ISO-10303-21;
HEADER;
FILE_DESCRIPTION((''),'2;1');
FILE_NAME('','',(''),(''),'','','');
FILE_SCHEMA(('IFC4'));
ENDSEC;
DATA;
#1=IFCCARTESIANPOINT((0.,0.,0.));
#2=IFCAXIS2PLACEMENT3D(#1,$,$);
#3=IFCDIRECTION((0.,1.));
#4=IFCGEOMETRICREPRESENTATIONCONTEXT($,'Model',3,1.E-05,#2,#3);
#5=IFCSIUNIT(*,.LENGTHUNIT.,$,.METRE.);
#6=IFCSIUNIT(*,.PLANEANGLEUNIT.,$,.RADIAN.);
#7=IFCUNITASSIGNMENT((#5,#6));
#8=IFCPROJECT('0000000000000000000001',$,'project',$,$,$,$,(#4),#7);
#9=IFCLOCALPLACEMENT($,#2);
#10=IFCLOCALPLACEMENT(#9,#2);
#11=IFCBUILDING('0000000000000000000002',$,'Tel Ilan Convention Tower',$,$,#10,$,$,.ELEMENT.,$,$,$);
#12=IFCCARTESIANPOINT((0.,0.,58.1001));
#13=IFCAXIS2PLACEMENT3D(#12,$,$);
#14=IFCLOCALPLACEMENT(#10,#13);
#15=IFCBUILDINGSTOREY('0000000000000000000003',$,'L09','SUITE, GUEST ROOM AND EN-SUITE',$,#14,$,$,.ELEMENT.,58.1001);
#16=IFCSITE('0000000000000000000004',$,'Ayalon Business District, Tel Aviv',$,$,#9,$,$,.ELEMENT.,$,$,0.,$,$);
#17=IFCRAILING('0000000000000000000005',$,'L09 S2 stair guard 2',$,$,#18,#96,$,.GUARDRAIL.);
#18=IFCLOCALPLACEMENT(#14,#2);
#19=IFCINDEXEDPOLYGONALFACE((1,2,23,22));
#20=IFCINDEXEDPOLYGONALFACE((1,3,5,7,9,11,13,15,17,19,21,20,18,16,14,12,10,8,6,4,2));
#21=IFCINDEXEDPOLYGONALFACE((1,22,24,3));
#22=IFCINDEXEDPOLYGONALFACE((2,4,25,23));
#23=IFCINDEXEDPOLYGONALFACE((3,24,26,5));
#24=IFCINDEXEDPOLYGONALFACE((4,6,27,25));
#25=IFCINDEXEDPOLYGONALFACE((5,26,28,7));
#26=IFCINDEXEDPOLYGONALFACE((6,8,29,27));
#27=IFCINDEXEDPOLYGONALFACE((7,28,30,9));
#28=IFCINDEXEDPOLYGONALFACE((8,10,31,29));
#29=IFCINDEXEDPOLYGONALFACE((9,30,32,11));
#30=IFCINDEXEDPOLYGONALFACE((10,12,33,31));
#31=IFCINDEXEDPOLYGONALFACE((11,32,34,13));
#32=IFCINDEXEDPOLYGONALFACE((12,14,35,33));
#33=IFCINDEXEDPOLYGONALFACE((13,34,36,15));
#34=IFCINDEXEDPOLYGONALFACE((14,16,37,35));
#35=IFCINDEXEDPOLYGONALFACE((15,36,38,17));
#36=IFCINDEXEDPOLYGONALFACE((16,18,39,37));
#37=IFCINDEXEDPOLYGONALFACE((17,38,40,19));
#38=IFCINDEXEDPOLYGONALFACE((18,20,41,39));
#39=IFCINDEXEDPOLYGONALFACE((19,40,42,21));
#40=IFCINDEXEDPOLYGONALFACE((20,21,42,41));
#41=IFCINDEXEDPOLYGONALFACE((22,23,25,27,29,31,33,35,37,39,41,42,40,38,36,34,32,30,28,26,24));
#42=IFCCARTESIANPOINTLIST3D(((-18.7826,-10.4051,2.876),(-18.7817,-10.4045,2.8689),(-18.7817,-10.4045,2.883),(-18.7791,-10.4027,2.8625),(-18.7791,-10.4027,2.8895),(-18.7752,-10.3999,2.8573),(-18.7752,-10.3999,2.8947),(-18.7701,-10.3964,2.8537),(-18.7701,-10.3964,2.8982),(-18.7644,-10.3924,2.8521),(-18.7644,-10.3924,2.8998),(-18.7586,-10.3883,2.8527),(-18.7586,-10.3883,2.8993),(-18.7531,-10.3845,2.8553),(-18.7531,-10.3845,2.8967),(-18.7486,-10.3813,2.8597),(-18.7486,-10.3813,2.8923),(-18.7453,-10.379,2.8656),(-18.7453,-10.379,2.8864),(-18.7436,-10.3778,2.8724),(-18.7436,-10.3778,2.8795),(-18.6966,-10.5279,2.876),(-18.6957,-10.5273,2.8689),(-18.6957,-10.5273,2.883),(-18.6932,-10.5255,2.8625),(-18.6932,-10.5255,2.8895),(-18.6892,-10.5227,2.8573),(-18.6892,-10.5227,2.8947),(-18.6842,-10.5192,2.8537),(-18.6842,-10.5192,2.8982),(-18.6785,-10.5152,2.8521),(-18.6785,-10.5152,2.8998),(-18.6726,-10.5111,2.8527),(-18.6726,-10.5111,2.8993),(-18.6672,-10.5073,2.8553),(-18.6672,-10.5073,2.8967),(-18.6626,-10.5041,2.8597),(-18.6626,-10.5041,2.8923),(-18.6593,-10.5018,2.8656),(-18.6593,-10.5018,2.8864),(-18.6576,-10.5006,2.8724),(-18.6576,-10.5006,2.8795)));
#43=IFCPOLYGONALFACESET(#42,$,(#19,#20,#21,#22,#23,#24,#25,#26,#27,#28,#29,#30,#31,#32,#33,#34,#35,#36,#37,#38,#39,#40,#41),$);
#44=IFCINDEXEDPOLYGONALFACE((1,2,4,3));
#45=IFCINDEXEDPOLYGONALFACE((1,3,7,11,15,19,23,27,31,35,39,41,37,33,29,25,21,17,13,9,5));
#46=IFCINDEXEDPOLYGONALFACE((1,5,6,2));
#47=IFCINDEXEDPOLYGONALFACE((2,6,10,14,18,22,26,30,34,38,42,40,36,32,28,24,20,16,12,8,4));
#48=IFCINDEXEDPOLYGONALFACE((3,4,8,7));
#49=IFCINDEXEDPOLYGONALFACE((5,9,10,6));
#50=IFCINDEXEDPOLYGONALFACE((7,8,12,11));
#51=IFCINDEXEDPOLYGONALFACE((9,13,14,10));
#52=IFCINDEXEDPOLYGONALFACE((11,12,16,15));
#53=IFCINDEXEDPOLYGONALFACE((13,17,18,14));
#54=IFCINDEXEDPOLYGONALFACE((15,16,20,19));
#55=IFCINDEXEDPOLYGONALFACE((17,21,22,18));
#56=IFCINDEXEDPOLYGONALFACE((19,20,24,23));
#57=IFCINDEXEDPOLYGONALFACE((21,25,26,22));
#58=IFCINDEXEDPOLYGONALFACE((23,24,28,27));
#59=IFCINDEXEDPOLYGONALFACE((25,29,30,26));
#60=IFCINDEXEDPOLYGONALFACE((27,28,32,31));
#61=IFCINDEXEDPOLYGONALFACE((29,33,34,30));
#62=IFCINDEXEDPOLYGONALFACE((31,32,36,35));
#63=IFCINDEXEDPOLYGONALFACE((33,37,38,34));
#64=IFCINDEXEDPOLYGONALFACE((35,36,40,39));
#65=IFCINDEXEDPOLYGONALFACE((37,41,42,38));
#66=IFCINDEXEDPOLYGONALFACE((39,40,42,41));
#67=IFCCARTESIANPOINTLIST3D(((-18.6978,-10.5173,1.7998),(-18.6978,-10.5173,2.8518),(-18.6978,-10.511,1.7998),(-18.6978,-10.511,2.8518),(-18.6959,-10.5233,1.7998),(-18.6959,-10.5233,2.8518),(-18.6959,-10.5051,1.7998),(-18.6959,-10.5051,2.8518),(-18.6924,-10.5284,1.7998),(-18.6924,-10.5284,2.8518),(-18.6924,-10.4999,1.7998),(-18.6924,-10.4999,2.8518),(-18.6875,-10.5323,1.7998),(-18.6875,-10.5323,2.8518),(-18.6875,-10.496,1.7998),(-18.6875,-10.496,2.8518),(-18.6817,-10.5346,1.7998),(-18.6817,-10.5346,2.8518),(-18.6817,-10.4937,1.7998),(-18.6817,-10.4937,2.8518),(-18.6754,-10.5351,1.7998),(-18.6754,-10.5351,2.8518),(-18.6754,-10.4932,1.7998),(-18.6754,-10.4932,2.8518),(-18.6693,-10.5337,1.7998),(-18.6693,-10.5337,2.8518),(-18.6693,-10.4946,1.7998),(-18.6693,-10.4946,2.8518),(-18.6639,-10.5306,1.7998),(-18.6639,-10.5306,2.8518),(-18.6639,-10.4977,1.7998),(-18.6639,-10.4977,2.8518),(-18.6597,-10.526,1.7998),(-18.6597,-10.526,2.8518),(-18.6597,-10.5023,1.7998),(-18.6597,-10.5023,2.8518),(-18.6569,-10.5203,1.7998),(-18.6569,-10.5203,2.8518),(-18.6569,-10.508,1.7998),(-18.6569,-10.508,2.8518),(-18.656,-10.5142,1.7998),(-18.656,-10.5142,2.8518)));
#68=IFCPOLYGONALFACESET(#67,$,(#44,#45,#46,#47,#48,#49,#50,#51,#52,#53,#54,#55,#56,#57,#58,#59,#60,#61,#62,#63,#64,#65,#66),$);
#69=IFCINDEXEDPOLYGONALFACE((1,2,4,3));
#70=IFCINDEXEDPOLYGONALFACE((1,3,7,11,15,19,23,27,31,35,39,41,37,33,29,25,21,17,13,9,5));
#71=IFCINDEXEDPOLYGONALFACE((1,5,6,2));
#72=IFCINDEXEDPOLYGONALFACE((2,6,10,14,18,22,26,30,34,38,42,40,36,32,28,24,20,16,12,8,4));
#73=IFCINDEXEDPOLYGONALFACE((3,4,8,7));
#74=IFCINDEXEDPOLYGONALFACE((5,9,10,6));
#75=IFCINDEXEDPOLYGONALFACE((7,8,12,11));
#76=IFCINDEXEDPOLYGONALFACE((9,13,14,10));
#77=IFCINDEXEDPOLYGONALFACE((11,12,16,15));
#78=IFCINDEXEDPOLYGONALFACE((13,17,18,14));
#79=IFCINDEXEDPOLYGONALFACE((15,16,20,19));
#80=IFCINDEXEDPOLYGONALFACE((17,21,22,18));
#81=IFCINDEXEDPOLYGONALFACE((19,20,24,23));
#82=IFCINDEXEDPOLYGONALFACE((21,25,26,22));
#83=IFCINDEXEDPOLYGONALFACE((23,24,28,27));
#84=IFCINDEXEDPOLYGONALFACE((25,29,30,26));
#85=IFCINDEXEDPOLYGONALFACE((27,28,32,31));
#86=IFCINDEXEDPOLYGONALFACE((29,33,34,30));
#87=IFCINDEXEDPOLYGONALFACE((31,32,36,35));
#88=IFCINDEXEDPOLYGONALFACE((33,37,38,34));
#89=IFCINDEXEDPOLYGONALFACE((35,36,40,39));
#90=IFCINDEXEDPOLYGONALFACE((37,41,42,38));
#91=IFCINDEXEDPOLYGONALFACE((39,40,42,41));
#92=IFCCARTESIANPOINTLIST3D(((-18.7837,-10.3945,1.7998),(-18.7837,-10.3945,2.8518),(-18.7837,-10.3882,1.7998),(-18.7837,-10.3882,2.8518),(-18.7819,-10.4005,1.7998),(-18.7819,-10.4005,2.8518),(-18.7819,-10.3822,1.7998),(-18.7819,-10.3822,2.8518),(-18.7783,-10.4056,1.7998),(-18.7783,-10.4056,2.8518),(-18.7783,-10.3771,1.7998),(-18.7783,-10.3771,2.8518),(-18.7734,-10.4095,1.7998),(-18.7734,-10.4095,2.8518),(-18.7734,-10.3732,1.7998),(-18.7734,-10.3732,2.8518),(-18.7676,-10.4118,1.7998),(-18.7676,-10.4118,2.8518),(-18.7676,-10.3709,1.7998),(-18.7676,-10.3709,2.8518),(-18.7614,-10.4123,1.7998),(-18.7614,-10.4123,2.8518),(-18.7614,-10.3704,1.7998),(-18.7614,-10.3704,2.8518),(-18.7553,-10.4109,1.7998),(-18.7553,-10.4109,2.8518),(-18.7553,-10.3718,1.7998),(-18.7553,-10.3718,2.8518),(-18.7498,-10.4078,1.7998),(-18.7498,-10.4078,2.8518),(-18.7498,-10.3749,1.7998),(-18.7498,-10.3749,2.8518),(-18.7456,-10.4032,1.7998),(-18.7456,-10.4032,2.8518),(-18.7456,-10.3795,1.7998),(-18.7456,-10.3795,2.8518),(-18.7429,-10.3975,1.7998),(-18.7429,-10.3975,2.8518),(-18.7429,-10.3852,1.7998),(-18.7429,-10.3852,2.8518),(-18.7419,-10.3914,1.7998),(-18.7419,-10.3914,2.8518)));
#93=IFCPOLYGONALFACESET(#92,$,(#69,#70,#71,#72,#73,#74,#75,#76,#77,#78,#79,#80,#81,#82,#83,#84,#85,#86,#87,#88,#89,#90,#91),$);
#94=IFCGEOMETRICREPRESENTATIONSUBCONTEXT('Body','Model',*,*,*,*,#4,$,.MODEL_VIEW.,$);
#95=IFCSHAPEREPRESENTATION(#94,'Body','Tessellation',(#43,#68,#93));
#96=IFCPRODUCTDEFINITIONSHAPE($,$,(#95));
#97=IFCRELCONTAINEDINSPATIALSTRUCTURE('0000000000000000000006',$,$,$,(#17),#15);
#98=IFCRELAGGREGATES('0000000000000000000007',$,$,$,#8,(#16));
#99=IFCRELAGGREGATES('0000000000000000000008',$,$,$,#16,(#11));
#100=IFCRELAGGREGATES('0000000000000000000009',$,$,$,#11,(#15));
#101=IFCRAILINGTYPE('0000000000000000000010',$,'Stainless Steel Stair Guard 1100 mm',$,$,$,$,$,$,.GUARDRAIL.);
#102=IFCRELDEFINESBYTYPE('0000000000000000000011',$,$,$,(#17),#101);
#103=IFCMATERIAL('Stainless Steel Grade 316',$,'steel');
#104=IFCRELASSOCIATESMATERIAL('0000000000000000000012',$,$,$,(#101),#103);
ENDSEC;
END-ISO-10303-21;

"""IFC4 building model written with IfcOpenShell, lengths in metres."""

from ifc_helpers import new_model, si_unit, direction, frame, origin, origin_2d, place, context, subcontext, project, spatial, circle, extrude, material, type_object, element, save


model = new_model("IFC4")

# Units and contexts
model_context = context("Model", 3, precision=1e-05, world=origin(), true_north=direction((0.0, 1.0)))
body_context = subcontext(model_context, "Body", "Model", "MODEL_VIEW")
ifc_project = project(units=[si_unit("LENGTHUNIT", "METRE"), si_unit("PLANEANGLEUNIT", "RADIAN")], contexts=[model_context])

# Site, building, storey
site_placement = place(None, origin())
site = spatial("IfcSite", under=ifc_project, at=site_placement, Name="Ayalon Business District, Tel Aviv", CompositionType="ELEMENT", RefElevation=0.0)
building_placement = place(site_placement, origin())
building = spatial("IfcBuilding", under=site, at=building_placement, Name="Tel Ilan Convention Tower", CompositionType="ELEMENT")
storey_placement = place(building_placement, frame((0.0, 0.0, 58.1001)))
storey = spatial("IfcBuildingStorey", under=building, at=storey_placement, Name="L09", Description="SUITE, GUEST ROOM AND EN-SUITE", CompositionType="ELEMENT", Elevation=58.1001)

# Railing
ifc_material_1 = material(Name="Stainless Steel Grade 316", Category="steel")
railing_type_1 = type_object("IfcRailingType", Name="Stainless Steel Stair Guard 1100 mm", PredefinedType="GUARDRAIL", material=ifc_material_1)
railing_1_placement = place(storey_placement, frame((-18.677, -10.5142, 1.7998)))
element("IfcRailing", 1, at=railing_1_placement, inside=storey, type_object=railing_type_1, Name="L09 S2 stair guard 2", PredefinedType="GUARDRAIL", context=body_context, shape_type="SweptSolid", body=[
    extrude(circle(Radius=0.0239, at=origin_2d()), frame((0.0, 0.0, 1.0762), z_axis=(-0.573353, 0.819308, 0.0), x_axis=(-0.819308, -0.573353, 0.0)), (0.0, 0.0, 1.0), 0.1499),
    extrude(circle(Radius=0.021, at=origin_2d()), origin(), (0.0, 0.0, 1.0), 1.052),
    extrude(circle(Radius=0.021, at=origin_2d()), frame((-0.0859, 0.1228, 0.0)), (0.0, 0.0, 1.0), 1.052),
])

save(model, "model.ifc")
